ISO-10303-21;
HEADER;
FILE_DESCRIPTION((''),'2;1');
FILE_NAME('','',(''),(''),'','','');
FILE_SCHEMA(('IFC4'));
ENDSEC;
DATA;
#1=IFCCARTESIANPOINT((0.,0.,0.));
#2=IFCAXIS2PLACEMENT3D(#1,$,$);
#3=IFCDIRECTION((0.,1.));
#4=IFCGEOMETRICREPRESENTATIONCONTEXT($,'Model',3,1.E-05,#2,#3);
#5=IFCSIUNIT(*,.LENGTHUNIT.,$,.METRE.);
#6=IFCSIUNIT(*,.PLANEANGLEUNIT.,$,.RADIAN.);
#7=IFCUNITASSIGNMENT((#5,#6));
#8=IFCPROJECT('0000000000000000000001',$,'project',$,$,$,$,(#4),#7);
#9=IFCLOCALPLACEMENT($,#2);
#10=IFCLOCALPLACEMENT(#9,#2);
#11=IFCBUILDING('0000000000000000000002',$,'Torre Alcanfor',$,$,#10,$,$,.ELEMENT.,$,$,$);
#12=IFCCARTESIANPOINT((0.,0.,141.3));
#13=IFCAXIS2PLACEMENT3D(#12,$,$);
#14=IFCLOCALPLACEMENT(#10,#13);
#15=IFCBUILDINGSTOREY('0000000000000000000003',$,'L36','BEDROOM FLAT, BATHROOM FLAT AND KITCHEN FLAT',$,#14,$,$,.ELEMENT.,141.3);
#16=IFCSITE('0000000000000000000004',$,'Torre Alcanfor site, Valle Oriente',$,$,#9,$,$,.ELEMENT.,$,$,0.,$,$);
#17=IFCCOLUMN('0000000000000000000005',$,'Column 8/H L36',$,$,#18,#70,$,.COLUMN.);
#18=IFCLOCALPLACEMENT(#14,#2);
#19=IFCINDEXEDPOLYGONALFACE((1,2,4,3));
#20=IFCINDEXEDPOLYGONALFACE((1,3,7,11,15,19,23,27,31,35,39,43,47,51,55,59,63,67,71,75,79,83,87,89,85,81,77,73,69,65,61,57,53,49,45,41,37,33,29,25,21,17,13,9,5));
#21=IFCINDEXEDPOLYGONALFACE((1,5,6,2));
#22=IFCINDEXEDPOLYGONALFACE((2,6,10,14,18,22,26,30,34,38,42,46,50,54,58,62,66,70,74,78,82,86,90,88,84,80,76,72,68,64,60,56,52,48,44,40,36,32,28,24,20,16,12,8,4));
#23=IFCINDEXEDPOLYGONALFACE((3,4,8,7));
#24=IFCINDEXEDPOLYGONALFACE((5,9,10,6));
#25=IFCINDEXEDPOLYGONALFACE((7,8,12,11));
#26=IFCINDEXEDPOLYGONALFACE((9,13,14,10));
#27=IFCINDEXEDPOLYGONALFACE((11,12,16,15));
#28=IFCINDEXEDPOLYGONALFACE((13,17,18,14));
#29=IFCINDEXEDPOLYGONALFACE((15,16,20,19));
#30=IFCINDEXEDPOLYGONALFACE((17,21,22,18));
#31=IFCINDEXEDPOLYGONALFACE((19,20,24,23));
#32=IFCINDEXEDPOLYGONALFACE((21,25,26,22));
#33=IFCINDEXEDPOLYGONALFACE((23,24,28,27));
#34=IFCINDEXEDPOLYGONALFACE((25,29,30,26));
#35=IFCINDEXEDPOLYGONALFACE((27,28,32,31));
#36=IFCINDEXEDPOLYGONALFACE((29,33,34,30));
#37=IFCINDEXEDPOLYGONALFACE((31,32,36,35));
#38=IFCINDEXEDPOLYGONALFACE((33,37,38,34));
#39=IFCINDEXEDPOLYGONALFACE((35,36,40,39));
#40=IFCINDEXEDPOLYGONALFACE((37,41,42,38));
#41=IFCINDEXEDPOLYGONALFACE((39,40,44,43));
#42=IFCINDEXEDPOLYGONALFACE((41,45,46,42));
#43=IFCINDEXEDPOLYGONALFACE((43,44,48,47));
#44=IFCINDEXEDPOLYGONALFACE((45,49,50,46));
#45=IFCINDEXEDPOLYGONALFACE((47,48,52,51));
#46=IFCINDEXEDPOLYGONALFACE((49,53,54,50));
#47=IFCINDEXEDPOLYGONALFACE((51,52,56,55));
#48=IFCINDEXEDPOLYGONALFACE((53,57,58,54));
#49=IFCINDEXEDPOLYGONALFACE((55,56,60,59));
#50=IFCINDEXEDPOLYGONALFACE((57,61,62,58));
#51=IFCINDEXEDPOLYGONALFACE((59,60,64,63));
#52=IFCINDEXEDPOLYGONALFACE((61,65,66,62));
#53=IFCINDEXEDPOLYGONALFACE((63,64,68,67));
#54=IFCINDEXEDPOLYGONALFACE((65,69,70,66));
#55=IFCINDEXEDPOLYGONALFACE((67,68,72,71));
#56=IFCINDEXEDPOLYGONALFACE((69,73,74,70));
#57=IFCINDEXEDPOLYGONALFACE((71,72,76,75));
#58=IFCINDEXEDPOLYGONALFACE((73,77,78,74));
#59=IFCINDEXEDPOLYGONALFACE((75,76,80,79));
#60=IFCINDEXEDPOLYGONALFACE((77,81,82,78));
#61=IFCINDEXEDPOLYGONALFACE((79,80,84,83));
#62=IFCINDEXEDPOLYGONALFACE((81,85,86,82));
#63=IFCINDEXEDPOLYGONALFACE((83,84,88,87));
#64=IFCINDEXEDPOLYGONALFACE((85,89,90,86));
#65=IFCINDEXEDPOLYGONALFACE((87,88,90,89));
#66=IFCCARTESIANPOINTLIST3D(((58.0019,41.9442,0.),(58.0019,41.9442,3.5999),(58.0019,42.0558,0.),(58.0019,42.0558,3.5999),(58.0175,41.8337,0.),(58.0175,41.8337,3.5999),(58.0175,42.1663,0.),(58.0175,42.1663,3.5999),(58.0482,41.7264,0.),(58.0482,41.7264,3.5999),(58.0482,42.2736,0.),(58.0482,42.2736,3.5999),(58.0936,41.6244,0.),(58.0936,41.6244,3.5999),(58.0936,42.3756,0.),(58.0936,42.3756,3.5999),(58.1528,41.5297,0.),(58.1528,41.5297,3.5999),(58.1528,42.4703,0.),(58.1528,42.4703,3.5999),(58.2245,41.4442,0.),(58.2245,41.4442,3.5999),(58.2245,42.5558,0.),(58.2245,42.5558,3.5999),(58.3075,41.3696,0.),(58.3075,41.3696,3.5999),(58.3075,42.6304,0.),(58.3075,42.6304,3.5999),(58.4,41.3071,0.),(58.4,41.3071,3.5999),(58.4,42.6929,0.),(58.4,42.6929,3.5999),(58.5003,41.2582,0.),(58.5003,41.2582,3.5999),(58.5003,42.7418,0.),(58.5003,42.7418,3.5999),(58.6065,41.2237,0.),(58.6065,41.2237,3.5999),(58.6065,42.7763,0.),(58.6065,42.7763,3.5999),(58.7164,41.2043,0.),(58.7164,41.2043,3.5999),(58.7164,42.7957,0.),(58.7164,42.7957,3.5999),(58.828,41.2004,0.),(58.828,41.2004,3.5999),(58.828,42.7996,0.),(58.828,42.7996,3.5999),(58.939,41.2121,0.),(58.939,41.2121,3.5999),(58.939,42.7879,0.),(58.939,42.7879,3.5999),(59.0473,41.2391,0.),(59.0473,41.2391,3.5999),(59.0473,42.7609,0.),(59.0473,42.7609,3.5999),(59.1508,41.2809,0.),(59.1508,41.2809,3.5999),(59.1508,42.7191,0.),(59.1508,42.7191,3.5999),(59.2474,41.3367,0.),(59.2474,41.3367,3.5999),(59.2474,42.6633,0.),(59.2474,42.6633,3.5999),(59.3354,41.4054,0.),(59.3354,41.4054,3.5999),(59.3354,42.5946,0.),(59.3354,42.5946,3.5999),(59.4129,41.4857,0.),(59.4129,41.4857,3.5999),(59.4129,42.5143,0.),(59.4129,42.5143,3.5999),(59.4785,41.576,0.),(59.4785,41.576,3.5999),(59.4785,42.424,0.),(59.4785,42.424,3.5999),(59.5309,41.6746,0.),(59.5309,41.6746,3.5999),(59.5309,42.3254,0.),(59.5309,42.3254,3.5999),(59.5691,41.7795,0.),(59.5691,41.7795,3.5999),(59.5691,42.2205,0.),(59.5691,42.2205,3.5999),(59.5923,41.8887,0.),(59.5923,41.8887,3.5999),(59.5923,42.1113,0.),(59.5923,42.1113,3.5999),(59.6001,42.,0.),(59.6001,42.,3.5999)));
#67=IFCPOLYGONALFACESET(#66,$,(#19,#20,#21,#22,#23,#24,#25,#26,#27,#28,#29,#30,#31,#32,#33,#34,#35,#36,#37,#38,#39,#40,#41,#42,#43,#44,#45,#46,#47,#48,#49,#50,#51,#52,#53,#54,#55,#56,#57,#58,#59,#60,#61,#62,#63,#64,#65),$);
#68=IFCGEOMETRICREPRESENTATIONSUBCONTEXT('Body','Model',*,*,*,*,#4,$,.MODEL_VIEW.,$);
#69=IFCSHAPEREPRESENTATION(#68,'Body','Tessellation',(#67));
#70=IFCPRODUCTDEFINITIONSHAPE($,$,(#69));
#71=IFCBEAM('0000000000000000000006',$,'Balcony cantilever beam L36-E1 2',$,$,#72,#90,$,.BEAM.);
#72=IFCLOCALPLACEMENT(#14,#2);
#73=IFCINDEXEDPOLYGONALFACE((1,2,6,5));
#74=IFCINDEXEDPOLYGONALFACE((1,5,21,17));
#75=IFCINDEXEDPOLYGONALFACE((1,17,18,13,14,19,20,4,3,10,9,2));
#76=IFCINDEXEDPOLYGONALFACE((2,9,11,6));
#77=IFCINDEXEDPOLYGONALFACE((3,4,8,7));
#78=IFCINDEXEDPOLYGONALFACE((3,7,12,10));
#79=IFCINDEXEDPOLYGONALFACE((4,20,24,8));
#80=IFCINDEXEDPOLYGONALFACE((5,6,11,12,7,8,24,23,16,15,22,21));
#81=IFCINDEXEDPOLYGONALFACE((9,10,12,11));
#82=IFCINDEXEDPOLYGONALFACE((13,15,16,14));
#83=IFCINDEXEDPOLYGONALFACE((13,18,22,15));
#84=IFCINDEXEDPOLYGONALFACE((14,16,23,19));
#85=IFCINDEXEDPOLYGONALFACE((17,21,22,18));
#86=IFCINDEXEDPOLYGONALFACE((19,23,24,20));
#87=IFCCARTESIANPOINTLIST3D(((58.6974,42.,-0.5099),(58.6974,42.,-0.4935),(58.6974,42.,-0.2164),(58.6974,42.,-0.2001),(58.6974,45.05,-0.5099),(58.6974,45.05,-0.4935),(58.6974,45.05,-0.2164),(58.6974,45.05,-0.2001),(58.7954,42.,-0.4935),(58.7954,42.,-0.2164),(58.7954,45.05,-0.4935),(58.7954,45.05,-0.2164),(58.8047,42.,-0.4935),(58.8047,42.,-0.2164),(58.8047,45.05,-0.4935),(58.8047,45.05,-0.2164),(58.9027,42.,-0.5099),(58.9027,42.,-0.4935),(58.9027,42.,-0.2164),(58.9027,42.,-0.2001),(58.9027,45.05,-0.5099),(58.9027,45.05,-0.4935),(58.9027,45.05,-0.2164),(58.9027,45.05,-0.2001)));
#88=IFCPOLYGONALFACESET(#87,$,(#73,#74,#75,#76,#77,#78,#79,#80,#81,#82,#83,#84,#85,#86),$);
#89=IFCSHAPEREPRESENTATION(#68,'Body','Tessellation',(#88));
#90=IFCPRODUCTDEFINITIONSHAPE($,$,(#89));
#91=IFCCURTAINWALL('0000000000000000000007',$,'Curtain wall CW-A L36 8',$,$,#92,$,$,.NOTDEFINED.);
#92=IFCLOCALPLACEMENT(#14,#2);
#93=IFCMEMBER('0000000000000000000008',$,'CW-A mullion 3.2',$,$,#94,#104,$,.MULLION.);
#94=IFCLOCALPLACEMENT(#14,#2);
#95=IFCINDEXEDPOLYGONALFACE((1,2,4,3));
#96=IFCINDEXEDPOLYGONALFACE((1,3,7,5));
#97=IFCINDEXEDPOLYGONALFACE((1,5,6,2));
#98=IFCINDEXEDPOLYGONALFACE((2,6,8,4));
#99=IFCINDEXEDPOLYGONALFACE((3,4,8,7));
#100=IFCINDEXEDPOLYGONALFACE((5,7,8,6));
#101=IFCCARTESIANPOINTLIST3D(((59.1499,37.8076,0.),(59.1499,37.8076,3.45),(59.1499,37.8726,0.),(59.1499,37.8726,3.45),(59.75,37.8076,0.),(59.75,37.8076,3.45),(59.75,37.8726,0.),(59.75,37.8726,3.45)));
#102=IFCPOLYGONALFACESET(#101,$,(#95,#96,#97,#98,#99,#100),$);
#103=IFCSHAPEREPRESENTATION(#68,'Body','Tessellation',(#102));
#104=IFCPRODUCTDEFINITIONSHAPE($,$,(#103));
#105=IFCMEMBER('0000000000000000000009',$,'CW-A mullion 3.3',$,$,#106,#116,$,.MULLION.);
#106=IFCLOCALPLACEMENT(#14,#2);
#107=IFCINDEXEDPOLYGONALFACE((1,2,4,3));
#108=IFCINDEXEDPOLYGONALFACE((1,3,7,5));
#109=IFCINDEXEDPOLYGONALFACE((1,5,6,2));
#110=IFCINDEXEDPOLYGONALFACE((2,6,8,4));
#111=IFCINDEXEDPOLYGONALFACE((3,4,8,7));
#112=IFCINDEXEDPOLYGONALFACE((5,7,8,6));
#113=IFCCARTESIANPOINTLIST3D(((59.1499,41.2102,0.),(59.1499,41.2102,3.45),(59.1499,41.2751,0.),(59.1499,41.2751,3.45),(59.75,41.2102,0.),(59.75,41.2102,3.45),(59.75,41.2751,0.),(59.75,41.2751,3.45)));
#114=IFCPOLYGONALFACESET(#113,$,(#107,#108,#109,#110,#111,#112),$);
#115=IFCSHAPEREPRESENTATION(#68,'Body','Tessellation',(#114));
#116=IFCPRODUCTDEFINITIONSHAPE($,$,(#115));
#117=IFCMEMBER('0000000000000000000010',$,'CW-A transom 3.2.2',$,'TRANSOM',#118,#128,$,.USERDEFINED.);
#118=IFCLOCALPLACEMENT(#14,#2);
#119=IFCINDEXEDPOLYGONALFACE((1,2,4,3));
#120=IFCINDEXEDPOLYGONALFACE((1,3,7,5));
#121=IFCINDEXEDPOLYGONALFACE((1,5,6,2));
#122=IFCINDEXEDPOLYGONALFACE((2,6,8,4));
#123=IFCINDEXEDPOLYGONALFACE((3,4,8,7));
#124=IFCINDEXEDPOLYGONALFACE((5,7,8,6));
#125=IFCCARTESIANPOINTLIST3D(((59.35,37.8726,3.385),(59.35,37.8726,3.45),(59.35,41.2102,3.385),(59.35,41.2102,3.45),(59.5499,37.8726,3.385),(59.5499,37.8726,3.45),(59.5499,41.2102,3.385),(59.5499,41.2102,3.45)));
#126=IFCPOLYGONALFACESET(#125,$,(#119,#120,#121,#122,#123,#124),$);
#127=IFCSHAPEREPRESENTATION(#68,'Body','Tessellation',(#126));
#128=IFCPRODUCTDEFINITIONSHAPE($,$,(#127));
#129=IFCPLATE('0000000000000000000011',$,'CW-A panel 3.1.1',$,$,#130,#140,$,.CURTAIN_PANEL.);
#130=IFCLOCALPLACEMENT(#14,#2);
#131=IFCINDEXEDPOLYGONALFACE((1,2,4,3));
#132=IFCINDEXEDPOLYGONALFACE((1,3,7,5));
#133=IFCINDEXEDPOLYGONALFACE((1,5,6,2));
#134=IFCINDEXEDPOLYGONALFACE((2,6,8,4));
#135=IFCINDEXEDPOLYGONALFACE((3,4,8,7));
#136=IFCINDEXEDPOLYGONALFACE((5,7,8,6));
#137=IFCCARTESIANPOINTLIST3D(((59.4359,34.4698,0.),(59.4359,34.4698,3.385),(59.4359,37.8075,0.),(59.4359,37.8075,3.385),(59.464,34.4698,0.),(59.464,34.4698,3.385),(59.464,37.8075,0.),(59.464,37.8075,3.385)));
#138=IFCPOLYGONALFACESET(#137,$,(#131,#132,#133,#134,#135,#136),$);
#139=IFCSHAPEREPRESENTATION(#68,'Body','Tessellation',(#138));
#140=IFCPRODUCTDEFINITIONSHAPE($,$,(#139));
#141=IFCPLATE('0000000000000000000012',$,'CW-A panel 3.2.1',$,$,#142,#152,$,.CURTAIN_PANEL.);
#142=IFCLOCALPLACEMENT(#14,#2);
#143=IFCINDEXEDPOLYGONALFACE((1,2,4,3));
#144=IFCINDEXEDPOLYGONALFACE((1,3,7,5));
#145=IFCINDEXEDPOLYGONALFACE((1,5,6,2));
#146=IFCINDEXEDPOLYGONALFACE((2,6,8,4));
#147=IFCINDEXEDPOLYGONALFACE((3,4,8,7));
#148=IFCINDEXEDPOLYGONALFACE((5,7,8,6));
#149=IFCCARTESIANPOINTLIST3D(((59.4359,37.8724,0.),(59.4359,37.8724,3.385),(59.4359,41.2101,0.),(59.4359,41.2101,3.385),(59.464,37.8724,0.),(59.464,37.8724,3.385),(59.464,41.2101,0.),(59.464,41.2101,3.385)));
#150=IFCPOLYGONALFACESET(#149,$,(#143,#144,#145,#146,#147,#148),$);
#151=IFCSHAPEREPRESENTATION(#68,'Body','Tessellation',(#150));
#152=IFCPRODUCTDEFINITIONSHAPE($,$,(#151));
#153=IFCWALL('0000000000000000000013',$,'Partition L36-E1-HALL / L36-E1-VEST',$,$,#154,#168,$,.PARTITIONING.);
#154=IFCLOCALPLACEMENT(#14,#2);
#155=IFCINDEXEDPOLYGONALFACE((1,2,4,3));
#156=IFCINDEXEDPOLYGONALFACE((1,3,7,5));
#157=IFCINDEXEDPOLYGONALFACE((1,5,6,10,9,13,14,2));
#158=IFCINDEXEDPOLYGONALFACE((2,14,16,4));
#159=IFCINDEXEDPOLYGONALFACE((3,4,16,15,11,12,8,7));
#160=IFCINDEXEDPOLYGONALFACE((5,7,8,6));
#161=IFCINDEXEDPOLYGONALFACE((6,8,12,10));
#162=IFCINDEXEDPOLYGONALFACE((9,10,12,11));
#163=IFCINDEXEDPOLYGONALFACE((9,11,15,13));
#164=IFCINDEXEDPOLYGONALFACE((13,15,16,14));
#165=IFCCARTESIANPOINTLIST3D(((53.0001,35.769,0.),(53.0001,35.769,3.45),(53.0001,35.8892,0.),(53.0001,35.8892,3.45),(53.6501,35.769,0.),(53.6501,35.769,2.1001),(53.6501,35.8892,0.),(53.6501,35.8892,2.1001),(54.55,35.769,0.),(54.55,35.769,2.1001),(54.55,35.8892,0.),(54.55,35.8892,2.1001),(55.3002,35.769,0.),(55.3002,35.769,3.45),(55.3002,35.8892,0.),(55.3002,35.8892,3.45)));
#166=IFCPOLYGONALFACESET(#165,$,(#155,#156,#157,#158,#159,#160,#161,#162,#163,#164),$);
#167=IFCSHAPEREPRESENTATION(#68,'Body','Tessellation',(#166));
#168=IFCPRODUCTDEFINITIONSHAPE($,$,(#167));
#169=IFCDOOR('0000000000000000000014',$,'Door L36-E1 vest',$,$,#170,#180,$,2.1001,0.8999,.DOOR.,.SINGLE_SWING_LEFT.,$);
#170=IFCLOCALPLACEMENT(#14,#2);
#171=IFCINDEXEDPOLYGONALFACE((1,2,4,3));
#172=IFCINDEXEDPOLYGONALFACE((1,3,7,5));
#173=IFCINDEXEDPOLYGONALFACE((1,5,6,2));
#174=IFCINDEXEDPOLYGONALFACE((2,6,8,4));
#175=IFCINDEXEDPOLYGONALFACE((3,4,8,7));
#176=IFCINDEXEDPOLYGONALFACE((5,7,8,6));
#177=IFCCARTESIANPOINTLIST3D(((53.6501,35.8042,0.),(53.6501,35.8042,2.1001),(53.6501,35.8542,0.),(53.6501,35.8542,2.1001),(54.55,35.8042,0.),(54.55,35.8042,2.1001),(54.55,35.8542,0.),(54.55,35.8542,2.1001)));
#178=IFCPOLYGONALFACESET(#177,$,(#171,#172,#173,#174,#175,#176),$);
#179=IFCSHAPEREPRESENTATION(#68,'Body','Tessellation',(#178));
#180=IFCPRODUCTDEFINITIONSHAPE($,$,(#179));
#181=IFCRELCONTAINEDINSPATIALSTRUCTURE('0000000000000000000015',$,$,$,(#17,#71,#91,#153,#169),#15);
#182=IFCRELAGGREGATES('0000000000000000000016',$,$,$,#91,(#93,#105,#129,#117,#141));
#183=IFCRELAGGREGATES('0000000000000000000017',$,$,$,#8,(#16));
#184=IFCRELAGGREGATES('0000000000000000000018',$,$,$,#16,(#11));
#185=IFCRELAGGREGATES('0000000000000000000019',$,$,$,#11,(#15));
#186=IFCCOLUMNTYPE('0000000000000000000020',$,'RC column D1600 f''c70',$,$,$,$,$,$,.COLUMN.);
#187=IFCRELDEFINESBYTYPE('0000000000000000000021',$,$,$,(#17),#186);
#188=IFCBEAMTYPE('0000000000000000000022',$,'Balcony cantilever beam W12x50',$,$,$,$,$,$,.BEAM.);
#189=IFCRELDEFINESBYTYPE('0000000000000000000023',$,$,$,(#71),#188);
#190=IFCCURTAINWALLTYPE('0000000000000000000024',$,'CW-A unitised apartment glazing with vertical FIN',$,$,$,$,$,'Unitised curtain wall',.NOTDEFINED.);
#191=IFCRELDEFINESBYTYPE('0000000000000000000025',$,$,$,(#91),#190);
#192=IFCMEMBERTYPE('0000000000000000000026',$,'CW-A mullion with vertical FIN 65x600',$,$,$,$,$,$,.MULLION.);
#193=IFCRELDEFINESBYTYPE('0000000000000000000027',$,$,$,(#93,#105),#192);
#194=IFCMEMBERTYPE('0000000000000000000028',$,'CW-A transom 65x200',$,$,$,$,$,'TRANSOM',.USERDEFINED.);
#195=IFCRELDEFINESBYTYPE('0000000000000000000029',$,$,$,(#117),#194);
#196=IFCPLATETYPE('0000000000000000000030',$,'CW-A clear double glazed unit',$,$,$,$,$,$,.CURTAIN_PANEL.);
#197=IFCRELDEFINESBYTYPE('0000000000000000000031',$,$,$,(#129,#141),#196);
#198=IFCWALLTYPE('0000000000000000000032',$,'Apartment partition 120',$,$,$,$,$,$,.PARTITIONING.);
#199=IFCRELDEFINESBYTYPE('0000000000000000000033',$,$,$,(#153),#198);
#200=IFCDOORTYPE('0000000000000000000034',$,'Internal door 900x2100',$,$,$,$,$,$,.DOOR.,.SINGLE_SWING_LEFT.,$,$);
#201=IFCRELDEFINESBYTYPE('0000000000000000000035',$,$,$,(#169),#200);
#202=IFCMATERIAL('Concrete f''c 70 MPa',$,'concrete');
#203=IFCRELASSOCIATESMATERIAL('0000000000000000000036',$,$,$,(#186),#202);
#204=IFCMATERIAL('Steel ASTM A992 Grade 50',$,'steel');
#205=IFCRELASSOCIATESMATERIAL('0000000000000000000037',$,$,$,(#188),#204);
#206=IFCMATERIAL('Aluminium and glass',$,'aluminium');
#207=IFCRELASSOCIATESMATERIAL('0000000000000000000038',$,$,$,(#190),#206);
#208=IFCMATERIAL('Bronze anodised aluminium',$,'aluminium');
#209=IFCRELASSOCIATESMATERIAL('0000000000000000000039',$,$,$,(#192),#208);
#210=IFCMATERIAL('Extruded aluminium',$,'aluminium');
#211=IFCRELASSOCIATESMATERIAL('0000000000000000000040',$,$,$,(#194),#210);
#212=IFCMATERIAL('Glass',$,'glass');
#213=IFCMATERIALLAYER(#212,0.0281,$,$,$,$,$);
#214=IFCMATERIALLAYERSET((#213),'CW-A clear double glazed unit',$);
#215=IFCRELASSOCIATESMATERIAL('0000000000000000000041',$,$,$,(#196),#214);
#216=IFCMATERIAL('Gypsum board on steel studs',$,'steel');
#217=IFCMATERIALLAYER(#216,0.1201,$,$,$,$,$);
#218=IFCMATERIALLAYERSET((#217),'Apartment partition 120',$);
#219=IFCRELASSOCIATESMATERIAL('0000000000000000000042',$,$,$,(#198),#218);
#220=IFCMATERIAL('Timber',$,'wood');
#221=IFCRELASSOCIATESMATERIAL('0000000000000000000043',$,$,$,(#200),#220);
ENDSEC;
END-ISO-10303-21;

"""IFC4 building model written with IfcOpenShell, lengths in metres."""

from ifc_helpers import new_model, si_unit, direction, frame, frame_2d, origin, origin_2d, place, context, subcontext, project, spatial, rectangle, circle, i_section, extrude, material, layer, layer_set, material_profile, profile_set, type_object, element, fill, aggregate, save


model = new_model("IFC4")

# Units and contexts
model_context = context("Model", 3, precision=1e-05, world=origin(), true_north=direction((0.0, 1.0)))
body_context = subcontext(model_context, "Body", "Model", "MODEL_VIEW")
ifc_project = project(units=[si_unit("LENGTHUNIT", "METRE"), si_unit("PLANEANGLEUNIT", "RADIAN")], contexts=[model_context])

# Site, building, storey
site_placement = place(None, origin())
site = spatial("IfcSite", under=ifc_project, at=site_placement, Name="Torre Alcanfor site, Valle Oriente", CompositionType="ELEMENT", RefElevation=0.0)
building_placement = place(site_placement, origin())
building = spatial("IfcBuilding", under=site, at=building_placement, Name="Torre Alcanfor", CompositionType="ELEMENT")
storey_placement = place(building_placement, frame((0.0, 0.0, 141.3)))
storey = spatial("IfcBuildingStorey", under=building, at=storey_placement, Name="L36", Description="BEDROOM FLAT, BATHROOM FLAT AND KITCHEN FLAT", CompositionType="ELEMENT", Elevation=141.3)

# Column
ifc_material_1 = material(Name="Concrete f'c 70 MPa", Category="concrete")
ifc_material_profile_1 = material_profile(ifc_material_1, circle(Radius=0.8, at=origin_2d()), Name="D1600")
ifc_profile_set_1 = profile_set([ifc_material_profile_1], Name="Concrete f'c 70 MPa")
column_type = type_object("IfcColumnType", Name="RC column D1600 f'c70", PredefinedType="COLUMN", material=ifc_profile_set_1)
column_placement = place(storey_placement, frame((58.8, 42.0, 0.0), z_axis=(0.0, 0.0, 1.0), x_axis=(1.0, 0.0, 0.0)))
element("IfcColumn", 1, at=column_placement, inside=storey, type_object=column_type, Name="Column 8/H L36", PredefinedType="COLUMN", context=body_context, shape_type="SweptSolid", body=[
    extrude(circle(Radius=0.8, at=origin_2d()), origin(), (0.0, 0.0, 1.0), 3.5999),
])

# Beam
ifc_material_2 = material(Name="Steel ASTM A992 Grade 50", Category="steel")
ifc_material_profile_2 = material_profile(ifc_material_2, i_section(OverallWidth=0.2053, OverallDepth=0.3098, WebThickness=0.0093, FlangeThickness=0.0164, at=origin_2d()), Name="W12x50")
ifc_profile_set_2 = profile_set([ifc_material_profile_2], Name="Steel ASTM A992 Grade 50")
beam_type = type_object("IfcBeamType", Name="Balcony cantilever beam W12x50", PredefinedType="BEAM", material=ifc_profile_set_2)
beam_placement = place(storey_placement, frame((58.8, 42.0, -0.355), z_axis=(0.0, 1.0, 0.0), x_axis=(-1.0, 0.0, 0.0)))
element("IfcBeam", 2, at=beam_placement, inside=storey, type_object=beam_type, Name="Balcony cantilever beam L36-E1 2", PredefinedType="BEAM", context=body_context, shape_type="SweptSolid", body=[
    extrude(i_section(OverallWidth=0.2053, OverallDepth=0.3098, WebThickness=0.0093, FlangeThickness=0.0164, at=origin_2d()), origin(), (0.0, 0.0, 1.0), 3.05),
])

# Curtain wall, members, plates
ifc_material_3 = material(Name="Aluminium and glass", Category="aluminium")
curtain_wall_type = type_object("IfcCurtainWallType", Name="CW-A unitised apartment glazing with vertical FIN", ElementType="Unitised curtain wall", PredefinedType="NOTDEFINED", material=ifc_material_3)
curtain_wall_placement = place(storey_placement, origin())
curtain_wall = element("IfcCurtainWall", 3, at=curtain_wall_placement, inside=storey, type_object=curtain_wall_type, Name="Curtain wall CW-A L36 8", PredefinedType="NOTDEFINED")
ifc_material_4 = material(Name="Bronze anodised aluminium", Category="aluminium")
ifc_material_profile_3 = material_profile(ifc_material_4, rectangle(XDim=0.6001, YDim=0.0649, at=origin_2d()), Name="CW-A mullion 65x600")
ifc_profile_set_3 = profile_set([ifc_material_profile_3], Name="Bronze anodised aluminium")
member_type_1 = type_object("IfcMemberType", Name="CW-A mullion with vertical FIN 65x600", PredefinedType="MULLION", material=ifc_profile_set_3)
member_1_placement = place(storey_placement, frame((59.45, 37.8401, 0.0), z_axis=(0.0, 0.0, 1.0), x_axis=(-1.0, 0.0, 0.0)))
member_1 = element("IfcMember", 4, at=member_1_placement, type_object=member_type_1, Name="CW-A mullion 3.2", PredefinedType="MULLION", context=body_context, shape_type="SweptSolid", body=[
    extrude(rectangle(XDim=0.6001, YDim=0.0649, at=origin_2d()), origin(), (0.0, 0.0, 1.0), 3.45),
])
member_2_placement = place(storey_placement, frame((59.45, 41.2427, 0.0), z_axis=(0.0, 0.0, 1.0), x_axis=(-1.0, 0.0, 0.0)))
member_2 = element("IfcMember", 5, at=member_2_placement, type_object=member_type_1, Name="CW-A mullion 3.3", PredefinedType="MULLION", context=body_context, shape_type="SweptSolid", body=[
    extrude(rectangle(XDim=0.6001, YDim=0.0649, at=origin_2d()), origin(), (0.0, 0.0, 1.0), 3.45),
])
ifc_material_5 = material(Name="Extruded aluminium", Category="aluminium")
ifc_material_profile_4 = material_profile(ifc_material_5, rectangle(XDim=0.2, YDim=0.0649, at=origin_2d()), Name="CW-A transom 200x65")
ifc_profile_set_4 = profile_set([ifc_material_profile_4], Name="Extruded aluminium")
member_type_2 = type_object("IfcMemberType", Name="CW-A transom 65x200", ElementType="TRANSOM", PredefinedType="USERDEFINED", material=ifc_profile_set_4)
member_3_placement = place(storey_placement, frame((59.45, 37.8726, 3.4175), z_axis=(0.0, 1.0, 0.0), x_axis=(-1.0, 0.0, 0.0)))
member_3 = element("IfcMember", 6, at=member_3_placement, type_object=member_type_2, Name="CW-A transom 3.2.2", ObjectType="TRANSOM", PredefinedType="USERDEFINED", context=body_context, shape_type="SweptSolid", body=[
    extrude(rectangle(XDim=0.2, YDim=0.0649, at=origin_2d()), origin(), (0.0, 0.0, 1.0), 3.3376),
])
ifc_material_6 = material(Name="Glass", Category="glass")
ifc_layer_1 = layer(ifc_material_6, 0.0281)
ifc_layer_set_1 = layer_set([ifc_layer_1], Name="CW-A clear double glazed unit")
plate_type = type_object("IfcPlateType", Name="CW-A clear double glazed unit", PredefinedType="CURTAIN_PANEL", material=ifc_layer_set_1)
plate_1_placement = place(storey_placement, frame((59.45, 36.1387, 0.0), z_axis=(0.0, 0.0, 1.0), x_axis=(0.0, 1.0, 0.0)))
plate_1 = element("IfcPlate", 7, at=plate_1_placement, type_object=plate_type, Name="CW-A panel 3.1.1", PredefinedType="CURTAIN_PANEL", context=body_context, shape_type="SweptSolid", body=[
    extrude(rectangle(XDim=3.3376, YDim=0.0281, at=origin_2d()), origin(), (0.0, 0.0, 1.0), 3.385),
])
plate_2_placement = place(storey_placement, frame((59.45, 39.5413, 0.0), z_axis=(0.0, 0.0, 1.0), x_axis=(0.0, 1.0, 0.0)))
plate_2 = element("IfcPlate", 8, at=plate_2_placement, type_object=plate_type, Name="CW-A panel 3.2.1", PredefinedType="CURTAIN_PANEL", context=body_context, shape_type="SweptSolid", body=[
    extrude(rectangle(XDim=3.3376, YDim=0.0281, at=origin_2d()), origin(), (0.0, 0.0, 1.0), 3.385),
])
aggregate(curtain_wall, [member_1, member_2, plate_1, member_3, plate_2])

# Wall, opening, door
ifc_material_7 = material(Name="Gypsum board on steel studs", Category="steel")
ifc_layer_2 = layer(ifc_material_7, 0.1201)
ifc_layer_set_2 = layer_set([ifc_layer_2], Name="Apartment partition 120")
wall_type_1 = type_object("IfcWallType", Name="Apartment partition 120", PredefinedType="PARTITIONING", material=ifc_layer_set_2)
wall_1_placement = place(storey_placement, frame((55.3, 35.8291, 0.0), z_axis=(0.0, 0.0, 1.0), x_axis=(-1.0, 0.0, 0.0)))
wall_1 = element("IfcWall", 9, at=wall_1_placement, inside=storey, type_object=wall_type_1, Name="Partition L36-E1-HALL / L36-E1-VEST", PredefinedType="PARTITIONING", context=body_context, shape_type="SweptSolid", body=[
    extrude(rectangle(XDim=2.3, YDim=0.1201, at=frame_2d((1.1499, 0.0))), origin(), (0.0, 0.0, 1.0), 3.45),
])
opening_1_placement = place(wall_1_placement, frame((0.75, 0.0, 0.0)))
opening_1 = element("IfcOpeningElement", 10, at=opening_1_placement, cuts=wall_1, PredefinedType="OPENING", context=body_context, shape_type="SweptSolid", body=[
    extrude(rectangle(XDim=0.8999, YDim=2.1001, at=frame_2d((0.45, 1.05))), frame((0.0, 0.0701, 0.0), z_axis=(0.0, -1.0, 0.0), x_axis=(1.0, 0.0, 0.0)), (0.0, 0.0, 1.0), 0.1401),
])
ifc_material_8 = material(Name="Timber", Category="wood")
door_type_1 = type_object("IfcDoorType", Name="Internal door 900x2100", OperationType="SINGLE_SWING_LEFT", PredefinedType="DOOR", material=ifc_material_8)
door_1_placement = place(opening_1_placement, frame((0.8999, 0.0, 0.0), z_axis=(0.0, 0.0, 1.0), x_axis=(-1.0, 0.0, 0.0)))
door_1 = element("IfcDoor", 11, at=door_1_placement, inside=storey, type_object=door_type_1, Name="Door L36-E1 vest", OperationType="SINGLE_SWING_LEFT", OverallHeight=2.1001, OverallWidth=0.8999, PredefinedType="DOOR", context=body_context, shape_type="SweptSolid", body=[
    extrude(rectangle(XDim=0.8999, YDim=2.1001, at=frame_2d((0.45, 1.05))), frame((0.0, 0.0251, 0.0), z_axis=(0.0, -1.0, 0.0), x_axis=(1.0, 0.0, 0.0)), (0.0, 0.0, 1.0), 0.05),
])
fill(opening_1, door_1)

save(model, "model.ifc")
